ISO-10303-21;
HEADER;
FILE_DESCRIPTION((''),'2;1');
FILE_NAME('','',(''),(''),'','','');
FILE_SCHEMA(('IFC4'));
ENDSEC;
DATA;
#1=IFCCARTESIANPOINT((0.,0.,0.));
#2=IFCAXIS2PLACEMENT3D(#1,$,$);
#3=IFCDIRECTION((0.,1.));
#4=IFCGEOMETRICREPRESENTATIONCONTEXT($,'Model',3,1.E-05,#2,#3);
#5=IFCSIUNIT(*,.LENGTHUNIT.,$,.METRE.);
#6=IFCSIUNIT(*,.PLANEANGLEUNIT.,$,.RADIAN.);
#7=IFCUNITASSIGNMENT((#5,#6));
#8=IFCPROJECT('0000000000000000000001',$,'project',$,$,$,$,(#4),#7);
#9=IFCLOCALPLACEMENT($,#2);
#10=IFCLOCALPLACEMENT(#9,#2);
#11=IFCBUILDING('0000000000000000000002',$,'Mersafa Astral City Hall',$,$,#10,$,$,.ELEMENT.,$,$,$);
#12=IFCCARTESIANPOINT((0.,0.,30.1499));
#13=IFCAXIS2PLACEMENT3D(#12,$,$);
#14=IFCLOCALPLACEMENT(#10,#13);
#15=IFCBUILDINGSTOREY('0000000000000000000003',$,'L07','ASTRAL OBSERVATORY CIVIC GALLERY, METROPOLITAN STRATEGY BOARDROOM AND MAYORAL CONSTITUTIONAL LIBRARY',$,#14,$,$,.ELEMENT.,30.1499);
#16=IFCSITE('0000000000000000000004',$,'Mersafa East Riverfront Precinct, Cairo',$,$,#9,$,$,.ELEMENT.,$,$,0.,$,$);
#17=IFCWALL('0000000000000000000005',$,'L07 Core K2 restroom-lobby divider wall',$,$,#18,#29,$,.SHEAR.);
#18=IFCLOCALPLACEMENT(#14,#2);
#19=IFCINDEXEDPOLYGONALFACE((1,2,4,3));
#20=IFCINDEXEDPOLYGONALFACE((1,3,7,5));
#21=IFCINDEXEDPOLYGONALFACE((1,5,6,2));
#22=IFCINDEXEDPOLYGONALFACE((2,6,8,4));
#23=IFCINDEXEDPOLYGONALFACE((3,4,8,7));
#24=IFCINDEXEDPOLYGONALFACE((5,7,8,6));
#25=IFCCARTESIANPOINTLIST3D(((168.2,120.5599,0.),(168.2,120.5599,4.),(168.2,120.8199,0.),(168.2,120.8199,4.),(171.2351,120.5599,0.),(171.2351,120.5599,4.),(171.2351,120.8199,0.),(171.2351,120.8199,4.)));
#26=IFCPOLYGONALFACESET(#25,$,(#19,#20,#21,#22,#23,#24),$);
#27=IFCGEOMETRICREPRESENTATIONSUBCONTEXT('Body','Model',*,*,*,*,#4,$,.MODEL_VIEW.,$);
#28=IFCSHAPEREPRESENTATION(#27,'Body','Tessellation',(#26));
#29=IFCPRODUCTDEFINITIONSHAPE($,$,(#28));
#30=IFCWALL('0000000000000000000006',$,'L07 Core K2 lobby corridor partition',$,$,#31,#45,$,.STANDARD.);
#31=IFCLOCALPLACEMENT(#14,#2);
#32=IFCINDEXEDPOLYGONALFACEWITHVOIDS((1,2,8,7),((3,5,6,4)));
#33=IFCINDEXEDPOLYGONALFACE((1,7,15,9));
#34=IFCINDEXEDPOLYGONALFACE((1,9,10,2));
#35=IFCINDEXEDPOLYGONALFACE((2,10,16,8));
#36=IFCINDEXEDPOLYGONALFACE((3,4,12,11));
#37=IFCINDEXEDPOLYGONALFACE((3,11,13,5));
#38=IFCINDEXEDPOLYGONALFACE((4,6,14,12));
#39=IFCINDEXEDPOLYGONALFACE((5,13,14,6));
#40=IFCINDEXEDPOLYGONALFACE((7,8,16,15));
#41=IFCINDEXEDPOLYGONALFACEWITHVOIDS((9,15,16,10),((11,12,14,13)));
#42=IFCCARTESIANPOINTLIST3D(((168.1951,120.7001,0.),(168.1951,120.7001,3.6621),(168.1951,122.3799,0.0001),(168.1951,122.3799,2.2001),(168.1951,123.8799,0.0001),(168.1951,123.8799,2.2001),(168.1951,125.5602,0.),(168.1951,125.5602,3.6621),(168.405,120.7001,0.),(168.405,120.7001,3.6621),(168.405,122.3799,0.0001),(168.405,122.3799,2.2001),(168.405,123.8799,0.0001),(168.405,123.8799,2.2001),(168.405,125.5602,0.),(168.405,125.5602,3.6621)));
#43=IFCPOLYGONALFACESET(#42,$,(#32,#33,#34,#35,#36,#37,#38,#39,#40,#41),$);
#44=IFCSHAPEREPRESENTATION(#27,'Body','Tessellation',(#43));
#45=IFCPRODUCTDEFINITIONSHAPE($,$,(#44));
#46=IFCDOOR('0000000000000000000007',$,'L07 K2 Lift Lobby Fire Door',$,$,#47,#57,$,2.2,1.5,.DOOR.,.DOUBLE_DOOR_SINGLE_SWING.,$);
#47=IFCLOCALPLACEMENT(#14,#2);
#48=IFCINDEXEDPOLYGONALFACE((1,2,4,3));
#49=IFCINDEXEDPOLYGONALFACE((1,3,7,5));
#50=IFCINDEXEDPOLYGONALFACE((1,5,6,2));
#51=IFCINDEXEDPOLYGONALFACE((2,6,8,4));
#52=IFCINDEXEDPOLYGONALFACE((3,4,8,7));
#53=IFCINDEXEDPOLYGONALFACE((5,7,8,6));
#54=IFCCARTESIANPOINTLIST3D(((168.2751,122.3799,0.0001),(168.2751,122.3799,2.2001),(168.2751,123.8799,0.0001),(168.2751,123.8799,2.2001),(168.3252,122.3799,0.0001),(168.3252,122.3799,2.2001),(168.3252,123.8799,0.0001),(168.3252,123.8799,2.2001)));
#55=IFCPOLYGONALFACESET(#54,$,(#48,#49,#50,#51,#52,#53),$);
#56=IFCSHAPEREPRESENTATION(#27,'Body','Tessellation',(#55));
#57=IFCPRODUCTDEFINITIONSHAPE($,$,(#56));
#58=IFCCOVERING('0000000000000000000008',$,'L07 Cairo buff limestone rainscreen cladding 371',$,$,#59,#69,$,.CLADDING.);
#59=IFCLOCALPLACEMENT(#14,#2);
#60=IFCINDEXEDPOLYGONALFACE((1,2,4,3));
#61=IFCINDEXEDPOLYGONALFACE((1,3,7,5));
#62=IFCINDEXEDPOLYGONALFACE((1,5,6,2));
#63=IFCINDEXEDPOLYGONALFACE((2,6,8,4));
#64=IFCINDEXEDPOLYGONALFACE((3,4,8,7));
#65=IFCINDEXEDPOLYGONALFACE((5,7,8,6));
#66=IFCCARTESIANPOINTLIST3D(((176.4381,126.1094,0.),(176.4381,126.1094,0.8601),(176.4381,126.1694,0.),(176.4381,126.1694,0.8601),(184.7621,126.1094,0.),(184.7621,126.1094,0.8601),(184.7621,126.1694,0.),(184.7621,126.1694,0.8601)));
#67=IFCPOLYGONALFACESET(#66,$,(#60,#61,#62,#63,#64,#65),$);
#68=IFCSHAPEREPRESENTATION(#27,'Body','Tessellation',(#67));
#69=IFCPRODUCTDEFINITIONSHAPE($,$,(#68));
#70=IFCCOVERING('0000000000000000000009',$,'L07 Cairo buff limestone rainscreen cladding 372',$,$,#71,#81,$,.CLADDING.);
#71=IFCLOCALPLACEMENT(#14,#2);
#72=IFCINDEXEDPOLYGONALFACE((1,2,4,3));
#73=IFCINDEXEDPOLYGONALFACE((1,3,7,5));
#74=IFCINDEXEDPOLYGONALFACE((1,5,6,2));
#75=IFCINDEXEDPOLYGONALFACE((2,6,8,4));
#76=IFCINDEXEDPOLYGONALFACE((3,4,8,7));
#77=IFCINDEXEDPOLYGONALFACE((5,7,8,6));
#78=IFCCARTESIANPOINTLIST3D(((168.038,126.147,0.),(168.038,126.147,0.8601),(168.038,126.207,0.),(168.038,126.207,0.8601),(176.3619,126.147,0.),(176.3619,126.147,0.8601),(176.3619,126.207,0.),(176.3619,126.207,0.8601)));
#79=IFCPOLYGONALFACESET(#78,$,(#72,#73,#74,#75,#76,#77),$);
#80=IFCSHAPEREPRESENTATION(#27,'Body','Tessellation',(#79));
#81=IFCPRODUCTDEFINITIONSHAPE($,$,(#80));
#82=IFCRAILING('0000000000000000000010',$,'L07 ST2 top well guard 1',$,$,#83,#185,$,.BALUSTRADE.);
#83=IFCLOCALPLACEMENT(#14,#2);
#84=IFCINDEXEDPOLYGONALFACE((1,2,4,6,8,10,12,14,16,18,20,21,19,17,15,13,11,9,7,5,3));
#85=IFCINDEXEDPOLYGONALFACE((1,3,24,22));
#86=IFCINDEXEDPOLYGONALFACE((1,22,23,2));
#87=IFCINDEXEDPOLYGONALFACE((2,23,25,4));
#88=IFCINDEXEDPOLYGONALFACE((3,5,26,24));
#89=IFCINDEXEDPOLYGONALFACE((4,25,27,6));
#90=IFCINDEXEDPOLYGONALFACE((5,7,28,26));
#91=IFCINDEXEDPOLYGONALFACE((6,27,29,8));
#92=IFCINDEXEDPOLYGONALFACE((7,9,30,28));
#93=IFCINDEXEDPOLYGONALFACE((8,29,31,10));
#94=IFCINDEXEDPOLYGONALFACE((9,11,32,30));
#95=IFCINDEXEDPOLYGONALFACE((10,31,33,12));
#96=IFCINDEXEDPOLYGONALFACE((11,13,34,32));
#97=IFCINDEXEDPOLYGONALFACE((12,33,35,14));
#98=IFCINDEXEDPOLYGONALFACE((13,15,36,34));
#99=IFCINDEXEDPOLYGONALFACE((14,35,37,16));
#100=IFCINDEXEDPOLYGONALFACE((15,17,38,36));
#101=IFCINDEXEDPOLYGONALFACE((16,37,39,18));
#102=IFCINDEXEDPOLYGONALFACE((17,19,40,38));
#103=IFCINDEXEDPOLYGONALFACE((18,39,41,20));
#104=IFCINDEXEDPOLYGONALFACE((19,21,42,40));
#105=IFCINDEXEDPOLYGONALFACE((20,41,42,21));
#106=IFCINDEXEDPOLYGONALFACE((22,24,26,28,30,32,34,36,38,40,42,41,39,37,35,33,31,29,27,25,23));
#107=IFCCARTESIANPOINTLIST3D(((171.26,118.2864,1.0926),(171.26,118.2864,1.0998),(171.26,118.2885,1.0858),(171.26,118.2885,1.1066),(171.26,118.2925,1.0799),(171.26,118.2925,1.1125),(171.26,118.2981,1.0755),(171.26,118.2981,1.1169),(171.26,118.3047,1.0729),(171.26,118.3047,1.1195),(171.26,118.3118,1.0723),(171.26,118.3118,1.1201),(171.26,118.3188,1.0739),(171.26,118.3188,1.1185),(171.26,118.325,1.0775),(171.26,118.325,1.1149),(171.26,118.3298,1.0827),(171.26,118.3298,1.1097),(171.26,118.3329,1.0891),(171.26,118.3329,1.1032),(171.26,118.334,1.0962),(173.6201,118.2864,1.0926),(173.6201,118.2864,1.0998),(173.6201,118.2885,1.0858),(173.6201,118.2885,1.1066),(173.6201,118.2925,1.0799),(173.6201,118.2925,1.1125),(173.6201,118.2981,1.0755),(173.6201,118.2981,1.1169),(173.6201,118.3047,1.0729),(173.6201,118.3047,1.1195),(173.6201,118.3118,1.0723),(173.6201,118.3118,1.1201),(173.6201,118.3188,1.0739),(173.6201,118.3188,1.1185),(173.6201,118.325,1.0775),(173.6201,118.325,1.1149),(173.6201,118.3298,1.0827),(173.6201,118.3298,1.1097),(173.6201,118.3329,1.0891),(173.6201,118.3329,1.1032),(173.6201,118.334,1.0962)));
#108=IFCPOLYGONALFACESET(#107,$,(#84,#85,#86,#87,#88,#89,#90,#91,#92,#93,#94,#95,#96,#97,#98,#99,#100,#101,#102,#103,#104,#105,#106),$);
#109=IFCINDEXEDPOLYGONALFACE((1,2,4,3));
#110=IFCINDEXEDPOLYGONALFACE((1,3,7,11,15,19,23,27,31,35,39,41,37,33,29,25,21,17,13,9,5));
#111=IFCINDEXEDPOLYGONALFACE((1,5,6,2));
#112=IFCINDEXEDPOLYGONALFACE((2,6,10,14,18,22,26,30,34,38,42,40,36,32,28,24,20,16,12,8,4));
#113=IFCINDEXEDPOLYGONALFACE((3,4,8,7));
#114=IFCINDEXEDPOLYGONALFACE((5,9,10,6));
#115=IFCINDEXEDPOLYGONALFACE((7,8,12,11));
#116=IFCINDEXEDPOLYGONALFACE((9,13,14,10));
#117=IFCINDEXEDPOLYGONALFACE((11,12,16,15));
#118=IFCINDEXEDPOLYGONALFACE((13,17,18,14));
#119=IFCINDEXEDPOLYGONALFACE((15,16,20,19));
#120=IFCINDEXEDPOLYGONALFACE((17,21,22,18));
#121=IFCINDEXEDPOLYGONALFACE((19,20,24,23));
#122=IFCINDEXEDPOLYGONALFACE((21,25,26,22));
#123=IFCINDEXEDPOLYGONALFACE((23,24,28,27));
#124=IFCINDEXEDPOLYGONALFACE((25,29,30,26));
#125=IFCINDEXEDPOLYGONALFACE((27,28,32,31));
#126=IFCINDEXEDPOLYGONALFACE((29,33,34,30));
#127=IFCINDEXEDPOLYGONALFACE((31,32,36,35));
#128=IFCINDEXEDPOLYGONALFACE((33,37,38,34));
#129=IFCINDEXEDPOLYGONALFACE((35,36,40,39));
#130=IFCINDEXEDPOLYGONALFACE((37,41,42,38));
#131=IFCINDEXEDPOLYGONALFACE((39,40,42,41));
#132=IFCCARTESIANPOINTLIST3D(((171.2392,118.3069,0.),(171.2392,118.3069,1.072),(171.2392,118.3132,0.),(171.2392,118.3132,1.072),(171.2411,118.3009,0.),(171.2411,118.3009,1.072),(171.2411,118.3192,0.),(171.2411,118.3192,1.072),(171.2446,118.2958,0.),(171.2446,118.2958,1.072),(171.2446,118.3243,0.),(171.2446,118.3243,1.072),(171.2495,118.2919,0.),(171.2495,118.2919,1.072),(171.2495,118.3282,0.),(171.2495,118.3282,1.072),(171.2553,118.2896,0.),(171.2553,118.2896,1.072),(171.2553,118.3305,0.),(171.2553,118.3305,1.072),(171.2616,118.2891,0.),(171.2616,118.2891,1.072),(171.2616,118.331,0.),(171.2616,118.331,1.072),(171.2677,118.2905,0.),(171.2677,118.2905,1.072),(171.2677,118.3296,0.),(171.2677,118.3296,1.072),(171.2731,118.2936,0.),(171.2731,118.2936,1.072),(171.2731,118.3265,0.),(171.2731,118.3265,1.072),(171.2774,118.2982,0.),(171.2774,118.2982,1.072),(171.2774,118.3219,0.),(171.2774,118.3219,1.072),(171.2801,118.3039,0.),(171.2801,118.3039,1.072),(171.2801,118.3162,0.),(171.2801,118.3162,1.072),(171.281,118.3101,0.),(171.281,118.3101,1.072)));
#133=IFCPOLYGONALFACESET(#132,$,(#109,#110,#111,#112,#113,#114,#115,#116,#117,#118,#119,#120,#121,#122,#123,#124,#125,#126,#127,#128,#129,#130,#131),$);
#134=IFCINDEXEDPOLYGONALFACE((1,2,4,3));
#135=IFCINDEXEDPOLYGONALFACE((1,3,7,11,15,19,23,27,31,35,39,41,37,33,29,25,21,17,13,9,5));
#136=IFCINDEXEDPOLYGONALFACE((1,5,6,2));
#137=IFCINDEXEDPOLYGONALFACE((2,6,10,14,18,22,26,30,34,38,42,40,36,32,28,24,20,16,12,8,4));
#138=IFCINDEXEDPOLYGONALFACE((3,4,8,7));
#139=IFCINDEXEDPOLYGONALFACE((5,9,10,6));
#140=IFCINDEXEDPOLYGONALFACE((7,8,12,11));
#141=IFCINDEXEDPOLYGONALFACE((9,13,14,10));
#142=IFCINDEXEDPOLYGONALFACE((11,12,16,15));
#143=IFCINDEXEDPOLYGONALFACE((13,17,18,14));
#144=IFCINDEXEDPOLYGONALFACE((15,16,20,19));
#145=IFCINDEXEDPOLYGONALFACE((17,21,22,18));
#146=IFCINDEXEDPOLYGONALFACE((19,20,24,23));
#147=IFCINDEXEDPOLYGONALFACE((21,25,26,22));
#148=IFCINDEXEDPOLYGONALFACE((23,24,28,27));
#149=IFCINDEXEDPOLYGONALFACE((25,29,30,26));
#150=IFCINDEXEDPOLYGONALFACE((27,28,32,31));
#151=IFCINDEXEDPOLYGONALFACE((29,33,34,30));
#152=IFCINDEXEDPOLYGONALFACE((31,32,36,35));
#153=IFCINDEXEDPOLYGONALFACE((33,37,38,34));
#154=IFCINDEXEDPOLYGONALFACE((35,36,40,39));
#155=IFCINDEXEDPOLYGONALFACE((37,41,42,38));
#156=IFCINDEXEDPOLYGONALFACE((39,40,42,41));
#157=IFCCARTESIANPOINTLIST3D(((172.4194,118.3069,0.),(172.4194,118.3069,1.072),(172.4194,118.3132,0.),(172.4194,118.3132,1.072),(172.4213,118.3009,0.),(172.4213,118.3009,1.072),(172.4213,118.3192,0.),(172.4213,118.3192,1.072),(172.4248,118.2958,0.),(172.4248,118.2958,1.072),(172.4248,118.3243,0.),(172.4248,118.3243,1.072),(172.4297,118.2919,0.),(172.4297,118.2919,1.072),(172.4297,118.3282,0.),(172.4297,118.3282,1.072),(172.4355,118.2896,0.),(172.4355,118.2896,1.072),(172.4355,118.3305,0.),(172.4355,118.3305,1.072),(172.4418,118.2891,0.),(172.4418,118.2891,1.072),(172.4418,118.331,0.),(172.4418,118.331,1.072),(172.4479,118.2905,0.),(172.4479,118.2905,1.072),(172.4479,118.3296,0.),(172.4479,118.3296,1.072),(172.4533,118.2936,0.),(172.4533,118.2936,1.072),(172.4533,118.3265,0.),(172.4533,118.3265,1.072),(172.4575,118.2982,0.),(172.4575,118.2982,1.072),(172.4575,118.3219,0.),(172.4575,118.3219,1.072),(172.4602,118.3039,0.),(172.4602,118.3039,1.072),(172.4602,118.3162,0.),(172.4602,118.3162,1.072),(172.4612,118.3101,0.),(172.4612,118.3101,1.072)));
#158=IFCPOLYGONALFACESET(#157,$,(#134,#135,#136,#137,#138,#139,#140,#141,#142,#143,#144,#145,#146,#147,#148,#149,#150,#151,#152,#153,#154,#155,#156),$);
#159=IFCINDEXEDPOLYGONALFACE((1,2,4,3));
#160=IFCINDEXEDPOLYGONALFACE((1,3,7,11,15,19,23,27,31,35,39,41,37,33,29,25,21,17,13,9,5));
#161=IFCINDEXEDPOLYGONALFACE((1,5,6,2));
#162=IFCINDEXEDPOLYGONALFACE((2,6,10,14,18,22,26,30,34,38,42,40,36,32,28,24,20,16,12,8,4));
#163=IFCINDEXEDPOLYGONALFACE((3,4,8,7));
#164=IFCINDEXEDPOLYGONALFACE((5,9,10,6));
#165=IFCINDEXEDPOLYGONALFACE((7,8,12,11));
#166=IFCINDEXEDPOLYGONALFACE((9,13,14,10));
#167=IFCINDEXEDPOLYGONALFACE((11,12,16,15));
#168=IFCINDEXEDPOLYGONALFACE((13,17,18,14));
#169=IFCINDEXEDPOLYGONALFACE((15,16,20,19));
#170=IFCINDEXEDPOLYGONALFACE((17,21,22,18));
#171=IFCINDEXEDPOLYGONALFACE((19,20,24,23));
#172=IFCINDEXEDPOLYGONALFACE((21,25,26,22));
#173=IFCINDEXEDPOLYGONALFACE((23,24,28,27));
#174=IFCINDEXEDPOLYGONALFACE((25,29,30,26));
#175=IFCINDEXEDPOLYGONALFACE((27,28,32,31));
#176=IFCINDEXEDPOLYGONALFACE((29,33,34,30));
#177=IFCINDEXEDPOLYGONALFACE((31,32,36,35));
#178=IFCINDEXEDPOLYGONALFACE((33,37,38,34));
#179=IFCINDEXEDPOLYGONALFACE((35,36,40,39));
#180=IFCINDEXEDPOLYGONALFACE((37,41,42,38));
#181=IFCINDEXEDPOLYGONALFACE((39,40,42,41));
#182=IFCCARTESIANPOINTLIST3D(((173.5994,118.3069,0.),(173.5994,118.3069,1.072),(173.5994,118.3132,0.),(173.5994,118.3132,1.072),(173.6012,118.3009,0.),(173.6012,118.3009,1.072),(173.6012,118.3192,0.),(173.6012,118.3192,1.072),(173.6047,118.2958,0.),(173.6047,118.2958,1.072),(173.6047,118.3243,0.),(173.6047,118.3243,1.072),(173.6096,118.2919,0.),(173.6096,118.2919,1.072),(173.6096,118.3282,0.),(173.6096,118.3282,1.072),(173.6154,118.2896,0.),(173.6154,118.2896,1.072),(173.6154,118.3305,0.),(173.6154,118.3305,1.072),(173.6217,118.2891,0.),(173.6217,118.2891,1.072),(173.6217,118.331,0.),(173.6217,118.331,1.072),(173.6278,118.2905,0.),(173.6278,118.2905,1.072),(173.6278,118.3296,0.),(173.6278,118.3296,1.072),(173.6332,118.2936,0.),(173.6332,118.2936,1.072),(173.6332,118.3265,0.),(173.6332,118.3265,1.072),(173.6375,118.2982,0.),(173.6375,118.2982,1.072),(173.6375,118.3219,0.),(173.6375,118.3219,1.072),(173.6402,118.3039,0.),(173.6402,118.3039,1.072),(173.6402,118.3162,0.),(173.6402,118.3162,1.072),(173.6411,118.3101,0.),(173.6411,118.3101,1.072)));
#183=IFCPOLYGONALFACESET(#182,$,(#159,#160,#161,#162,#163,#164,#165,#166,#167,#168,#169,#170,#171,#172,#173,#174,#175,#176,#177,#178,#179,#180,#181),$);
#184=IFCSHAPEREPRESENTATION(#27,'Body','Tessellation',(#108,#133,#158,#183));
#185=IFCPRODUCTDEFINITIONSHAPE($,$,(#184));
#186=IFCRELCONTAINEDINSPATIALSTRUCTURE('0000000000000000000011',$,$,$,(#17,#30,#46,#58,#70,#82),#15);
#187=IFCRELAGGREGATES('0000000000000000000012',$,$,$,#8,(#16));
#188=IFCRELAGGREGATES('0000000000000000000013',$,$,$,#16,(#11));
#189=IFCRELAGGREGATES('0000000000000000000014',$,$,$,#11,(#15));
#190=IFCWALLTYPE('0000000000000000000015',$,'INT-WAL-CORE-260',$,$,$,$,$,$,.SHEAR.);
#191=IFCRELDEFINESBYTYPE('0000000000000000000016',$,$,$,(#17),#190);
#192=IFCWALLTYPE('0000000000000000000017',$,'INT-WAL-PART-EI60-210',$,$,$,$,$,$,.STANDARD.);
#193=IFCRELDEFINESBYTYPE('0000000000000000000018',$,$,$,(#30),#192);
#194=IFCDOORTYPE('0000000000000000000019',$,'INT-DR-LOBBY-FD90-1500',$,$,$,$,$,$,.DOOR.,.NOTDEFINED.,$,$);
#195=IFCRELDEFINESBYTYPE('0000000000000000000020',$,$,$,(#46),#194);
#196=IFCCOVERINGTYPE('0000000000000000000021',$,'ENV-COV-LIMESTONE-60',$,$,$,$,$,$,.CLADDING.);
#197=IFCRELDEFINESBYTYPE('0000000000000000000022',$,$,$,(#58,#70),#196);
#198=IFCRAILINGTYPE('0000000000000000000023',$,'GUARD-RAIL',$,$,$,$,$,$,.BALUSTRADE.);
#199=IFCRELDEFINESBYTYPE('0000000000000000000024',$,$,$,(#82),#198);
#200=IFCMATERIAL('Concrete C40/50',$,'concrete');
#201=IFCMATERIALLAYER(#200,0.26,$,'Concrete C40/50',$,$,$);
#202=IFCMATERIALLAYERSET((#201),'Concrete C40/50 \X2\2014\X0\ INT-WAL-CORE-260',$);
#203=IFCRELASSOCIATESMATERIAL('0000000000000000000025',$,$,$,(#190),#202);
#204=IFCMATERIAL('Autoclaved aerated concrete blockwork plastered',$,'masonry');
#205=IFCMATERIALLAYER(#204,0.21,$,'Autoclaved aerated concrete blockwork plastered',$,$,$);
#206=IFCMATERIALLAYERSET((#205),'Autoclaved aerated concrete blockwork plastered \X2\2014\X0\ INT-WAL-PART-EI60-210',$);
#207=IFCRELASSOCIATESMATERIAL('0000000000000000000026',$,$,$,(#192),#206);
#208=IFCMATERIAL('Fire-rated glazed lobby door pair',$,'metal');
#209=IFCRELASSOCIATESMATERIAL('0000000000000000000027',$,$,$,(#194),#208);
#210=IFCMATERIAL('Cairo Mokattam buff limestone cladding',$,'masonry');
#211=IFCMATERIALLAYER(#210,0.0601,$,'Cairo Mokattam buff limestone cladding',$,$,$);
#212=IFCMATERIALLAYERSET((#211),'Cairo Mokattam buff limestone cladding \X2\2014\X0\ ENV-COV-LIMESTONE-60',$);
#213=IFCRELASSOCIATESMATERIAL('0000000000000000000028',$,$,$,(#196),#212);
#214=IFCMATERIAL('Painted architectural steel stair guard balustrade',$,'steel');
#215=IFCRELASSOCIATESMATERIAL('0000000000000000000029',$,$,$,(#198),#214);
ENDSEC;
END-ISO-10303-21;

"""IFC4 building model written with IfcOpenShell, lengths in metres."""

from ifc_helpers import new_model, si_unit, direction, frame, frame_2d, origin, origin_2d, place, context, subcontext, project, spatial, rectangle, circle, extrude, material, layer, layer_set, type_object, element, fill, save


model = new_model("IFC4")

# Units and contexts
model_context = context("Model", 3, precision=1e-05, world=origin(), true_north=direction((0.0, 1.0)))
body_context = subcontext(model_context, "Body", "Model", "MODEL_VIEW")
ifc_project = project(units=[si_unit("LENGTHUNIT", "METRE"), si_unit("PLANEANGLEUNIT", "RADIAN")], contexts=[model_context])

# Site, building, storey
site_placement = place(None, origin())
site = spatial("IfcSite", under=ifc_project, at=site_placement, Name="Mersafa East Riverfront Precinct, Cairo", CompositionType="ELEMENT", RefElevation=0.0)
building_placement = place(site_placement, origin())
building = spatial("IfcBuilding", under=site, at=building_placement, Name="Mersafa Astral City Hall", CompositionType="ELEMENT")
storey_placement = place(building_placement, frame((0.0, 0.0, 30.1499)))
storey = spatial("IfcBuildingStorey", under=building, at=storey_placement, Name="L07", Description="ASTRAL OBSERVATORY CIVIC GALLERY, METROPOLITAN STRATEGY BOARDROOM AND MAYORAL CONSTITUTIONAL LIBRARY", CompositionType="ELEMENT", Elevation=30.1499)

# Shared definitions
ifc_material_1 = material(Name="Concrete C40/50", Category="concrete")
ifc_layer_1 = layer(ifc_material_1, 0.26, Name="Concrete C40/50")
ifc_layer_set_1 = layer_set([ifc_layer_1], Name="Concrete C40/50 — INT-WAL-CORE-260")
wall_type_1 = type_object("IfcWallType", Name="INT-WAL-CORE-260", PredefinedType="SHEAR", material=ifc_layer_set_1)

# Wall
wall_1_placement = place(storey_placement, frame((168.2, 120.6899, 0.0), z_axis=(0.0, 0.0, 1.0), x_axis=(1.0, 0.0, 0.0)))
element("IfcWall", 1, at=wall_1_placement, inside=storey, type_object=wall_type_1, Name="L07 Core K2 restroom-lobby divider wall", PredefinedType="SHEAR", context=body_context, shape_type="SweptSolid", body=[
    extrude(rectangle(XDim=3.0352, YDim=0.26, at=frame_2d((1.5176, 0.0))), origin(), (0.0, 0.0, 1.0), 4.0),
])

# Wall, opening, door
ifc_material_2 = material(Name="Autoclaved aerated concrete blockwork plastered", Category="masonry")
ifc_layer_2 = layer(ifc_material_2, 0.21, Name="Autoclaved aerated concrete blockwork plastered")
ifc_layer_set_2 = layer_set([ifc_layer_2], Name="Autoclaved aerated concrete blockwork plastered — INT-WAL-PART-EI60-210")
wall_type_2 = type_object("IfcWallType", Name="INT-WAL-PART-EI60-210", PredefinedType="STANDARD", material=ifc_layer_set_2)
wall_2_placement = place(storey_placement, frame((168.3, 120.7, 0.0), z_axis=(0.0, 0.0, 1.0), x_axis=(0.0, 1.0, 0.0)))
wall_2 = element("IfcWall", 2, at=wall_2_placement, inside=storey, type_object=wall_type_2, Name="L07 Core K2 lobby corridor partition", PredefinedType="STANDARD", context=body_context, shape_type="SweptSolid", body=[
    extrude(rectangle(XDim=4.8601, YDim=0.21, at=frame_2d((2.4302, 0.0))), origin(), (0.0, 0.0, 1.0), 3.6621),
])
opening_1_placement = place(wall_2_placement, frame((1.6799, 0.0, 0.0)))
opening_1 = element("IfcOpeningElement", 3, at=opening_1_placement, cuts=wall_2, PredefinedType="OPENING", context=body_context, shape_type="SweptSolid", body=[
    extrude(rectangle(XDim=1.5, YDim=2.2, at=frame_2d((0.75, 1.1001))), frame((0.0, 0.115, 0.0), z_axis=(0.0, -1.0, 0.0), x_axis=(1.0, 0.0, 0.0)), (0.0, 0.0, 1.0), 0.23),
])
ifc_material_3 = material(Name="Fire-rated glazed lobby door pair", Category="metal")
door_type_1 = type_object("IfcDoorType", Name="INT-DR-LOBBY-FD90-1500", OperationType="NOTDEFINED", PredefinedType="DOOR", material=ifc_material_3)
door_1_placement = place(opening_1_placement, origin())
door_1 = element("IfcDoor", 4, at=door_1_placement, inside=storey, type_object=door_type_1, Name="L07 K2 Lift Lobby Fire Door", OperationType="DOUBLE_DOOR_SINGLE_SWING", OverallHeight=2.2, OverallWidth=1.5, PredefinedType="DOOR", context=body_context, shape_type="SweptSolid", body=[
    extrude(rectangle(XDim=1.5, YDim=2.2, at=frame_2d((0.75, 1.1001))), frame((0.0, 0.0249, 0.0), z_axis=(0.0, -1.0, 0.0), x_axis=(1.0, 0.0, 0.0)), (0.0, 0.0, 1.0), 0.05),
])
fill(opening_1, door_1)

# Coverings
ifc_material_4 = material(Name="Cairo Mokattam buff limestone cladding", Category="masonry")
ifc_layer_3 = layer(ifc_material_4, 0.0601, Name="Cairo Mokattam buff limestone cladding")
ifc_layer_set_3 = layer_set([ifc_layer_3], Name="Cairo Mokattam buff limestone cladding — ENV-COV-LIMESTONE-60")
covering_type = type_object("IfcCoveringType", Name="ENV-COV-LIMESTONE-60", PredefinedType="CLADDING", material=ifc_layer_set_3)
for number, where, z_axis, x_axis, name in (
    (5, (180.6001, 126.1394, 0.0), (0.0, 0.0, 1.0), (-1.0, 0.0, 0.0), "L07 Cairo buff limestone rainscreen cladding 371"),
    (6, (172.2, 126.177, 0.0), (0.0, 0.0, 1.0), (-1.0, 0.0, 0.0), "L07 Cairo buff limestone rainscreen cladding 372"),
):
    element("IfcCovering", number, at=place(storey_placement, frame(where, z_axis=z_axis, x_axis=x_axis)), inside=storey, type_object=covering_type, Name=name, PredefinedType="CLADDING", context=body_context, shape_type="SweptSolid", body=[
        extrude(rectangle(XDim=8.324, YDim=0.0601, at=origin_2d()), origin(), (0.0, 0.0, 1.0), 0.8601),
    ])

# Railing
ifc_material_5 = material(Name="Painted architectural steel stair guard balustrade", Category="steel")
railing_type = type_object("IfcRailingType", Name="GUARD-RAIL", PredefinedType="BALUSTRADE", material=ifc_material_5)
railing_placement = place(storey_placement, frame((171.26, 118.3101, 0.0)))
element("IfcRailing", 7, at=railing_placement, inside=storey, type_object=railing_type, Name="L07 ST2 top well guard 1", PredefinedType="BALUSTRADE", context=body_context, shape_type="SweptSolid", body=[
    extrude(circle(Radius=0.0239, at=origin_2d()), frame((0.0, 0.0, 1.0962), z_axis=(1.0, 0.0, 0.0), x_axis=(0.0, 1.0, 0.0)), (0.0, 0.0, 1.0), 2.3601),
    extrude(circle(Radius=0.021, at=origin_2d()), origin(), (0.0, 0.0, 1.0), 1.072),
    extrude(circle(Radius=0.021, at=origin_2d()), frame((1.1802, 0.0, 0.0)), (0.0, 0.0, 1.0), 1.072),
    extrude(circle(Radius=0.021, at=origin_2d()), frame((2.3601, 0.0, 0.0)), (0.0, 0.0, 1.0), 1.072),
])

save(model, "model.ifc")
